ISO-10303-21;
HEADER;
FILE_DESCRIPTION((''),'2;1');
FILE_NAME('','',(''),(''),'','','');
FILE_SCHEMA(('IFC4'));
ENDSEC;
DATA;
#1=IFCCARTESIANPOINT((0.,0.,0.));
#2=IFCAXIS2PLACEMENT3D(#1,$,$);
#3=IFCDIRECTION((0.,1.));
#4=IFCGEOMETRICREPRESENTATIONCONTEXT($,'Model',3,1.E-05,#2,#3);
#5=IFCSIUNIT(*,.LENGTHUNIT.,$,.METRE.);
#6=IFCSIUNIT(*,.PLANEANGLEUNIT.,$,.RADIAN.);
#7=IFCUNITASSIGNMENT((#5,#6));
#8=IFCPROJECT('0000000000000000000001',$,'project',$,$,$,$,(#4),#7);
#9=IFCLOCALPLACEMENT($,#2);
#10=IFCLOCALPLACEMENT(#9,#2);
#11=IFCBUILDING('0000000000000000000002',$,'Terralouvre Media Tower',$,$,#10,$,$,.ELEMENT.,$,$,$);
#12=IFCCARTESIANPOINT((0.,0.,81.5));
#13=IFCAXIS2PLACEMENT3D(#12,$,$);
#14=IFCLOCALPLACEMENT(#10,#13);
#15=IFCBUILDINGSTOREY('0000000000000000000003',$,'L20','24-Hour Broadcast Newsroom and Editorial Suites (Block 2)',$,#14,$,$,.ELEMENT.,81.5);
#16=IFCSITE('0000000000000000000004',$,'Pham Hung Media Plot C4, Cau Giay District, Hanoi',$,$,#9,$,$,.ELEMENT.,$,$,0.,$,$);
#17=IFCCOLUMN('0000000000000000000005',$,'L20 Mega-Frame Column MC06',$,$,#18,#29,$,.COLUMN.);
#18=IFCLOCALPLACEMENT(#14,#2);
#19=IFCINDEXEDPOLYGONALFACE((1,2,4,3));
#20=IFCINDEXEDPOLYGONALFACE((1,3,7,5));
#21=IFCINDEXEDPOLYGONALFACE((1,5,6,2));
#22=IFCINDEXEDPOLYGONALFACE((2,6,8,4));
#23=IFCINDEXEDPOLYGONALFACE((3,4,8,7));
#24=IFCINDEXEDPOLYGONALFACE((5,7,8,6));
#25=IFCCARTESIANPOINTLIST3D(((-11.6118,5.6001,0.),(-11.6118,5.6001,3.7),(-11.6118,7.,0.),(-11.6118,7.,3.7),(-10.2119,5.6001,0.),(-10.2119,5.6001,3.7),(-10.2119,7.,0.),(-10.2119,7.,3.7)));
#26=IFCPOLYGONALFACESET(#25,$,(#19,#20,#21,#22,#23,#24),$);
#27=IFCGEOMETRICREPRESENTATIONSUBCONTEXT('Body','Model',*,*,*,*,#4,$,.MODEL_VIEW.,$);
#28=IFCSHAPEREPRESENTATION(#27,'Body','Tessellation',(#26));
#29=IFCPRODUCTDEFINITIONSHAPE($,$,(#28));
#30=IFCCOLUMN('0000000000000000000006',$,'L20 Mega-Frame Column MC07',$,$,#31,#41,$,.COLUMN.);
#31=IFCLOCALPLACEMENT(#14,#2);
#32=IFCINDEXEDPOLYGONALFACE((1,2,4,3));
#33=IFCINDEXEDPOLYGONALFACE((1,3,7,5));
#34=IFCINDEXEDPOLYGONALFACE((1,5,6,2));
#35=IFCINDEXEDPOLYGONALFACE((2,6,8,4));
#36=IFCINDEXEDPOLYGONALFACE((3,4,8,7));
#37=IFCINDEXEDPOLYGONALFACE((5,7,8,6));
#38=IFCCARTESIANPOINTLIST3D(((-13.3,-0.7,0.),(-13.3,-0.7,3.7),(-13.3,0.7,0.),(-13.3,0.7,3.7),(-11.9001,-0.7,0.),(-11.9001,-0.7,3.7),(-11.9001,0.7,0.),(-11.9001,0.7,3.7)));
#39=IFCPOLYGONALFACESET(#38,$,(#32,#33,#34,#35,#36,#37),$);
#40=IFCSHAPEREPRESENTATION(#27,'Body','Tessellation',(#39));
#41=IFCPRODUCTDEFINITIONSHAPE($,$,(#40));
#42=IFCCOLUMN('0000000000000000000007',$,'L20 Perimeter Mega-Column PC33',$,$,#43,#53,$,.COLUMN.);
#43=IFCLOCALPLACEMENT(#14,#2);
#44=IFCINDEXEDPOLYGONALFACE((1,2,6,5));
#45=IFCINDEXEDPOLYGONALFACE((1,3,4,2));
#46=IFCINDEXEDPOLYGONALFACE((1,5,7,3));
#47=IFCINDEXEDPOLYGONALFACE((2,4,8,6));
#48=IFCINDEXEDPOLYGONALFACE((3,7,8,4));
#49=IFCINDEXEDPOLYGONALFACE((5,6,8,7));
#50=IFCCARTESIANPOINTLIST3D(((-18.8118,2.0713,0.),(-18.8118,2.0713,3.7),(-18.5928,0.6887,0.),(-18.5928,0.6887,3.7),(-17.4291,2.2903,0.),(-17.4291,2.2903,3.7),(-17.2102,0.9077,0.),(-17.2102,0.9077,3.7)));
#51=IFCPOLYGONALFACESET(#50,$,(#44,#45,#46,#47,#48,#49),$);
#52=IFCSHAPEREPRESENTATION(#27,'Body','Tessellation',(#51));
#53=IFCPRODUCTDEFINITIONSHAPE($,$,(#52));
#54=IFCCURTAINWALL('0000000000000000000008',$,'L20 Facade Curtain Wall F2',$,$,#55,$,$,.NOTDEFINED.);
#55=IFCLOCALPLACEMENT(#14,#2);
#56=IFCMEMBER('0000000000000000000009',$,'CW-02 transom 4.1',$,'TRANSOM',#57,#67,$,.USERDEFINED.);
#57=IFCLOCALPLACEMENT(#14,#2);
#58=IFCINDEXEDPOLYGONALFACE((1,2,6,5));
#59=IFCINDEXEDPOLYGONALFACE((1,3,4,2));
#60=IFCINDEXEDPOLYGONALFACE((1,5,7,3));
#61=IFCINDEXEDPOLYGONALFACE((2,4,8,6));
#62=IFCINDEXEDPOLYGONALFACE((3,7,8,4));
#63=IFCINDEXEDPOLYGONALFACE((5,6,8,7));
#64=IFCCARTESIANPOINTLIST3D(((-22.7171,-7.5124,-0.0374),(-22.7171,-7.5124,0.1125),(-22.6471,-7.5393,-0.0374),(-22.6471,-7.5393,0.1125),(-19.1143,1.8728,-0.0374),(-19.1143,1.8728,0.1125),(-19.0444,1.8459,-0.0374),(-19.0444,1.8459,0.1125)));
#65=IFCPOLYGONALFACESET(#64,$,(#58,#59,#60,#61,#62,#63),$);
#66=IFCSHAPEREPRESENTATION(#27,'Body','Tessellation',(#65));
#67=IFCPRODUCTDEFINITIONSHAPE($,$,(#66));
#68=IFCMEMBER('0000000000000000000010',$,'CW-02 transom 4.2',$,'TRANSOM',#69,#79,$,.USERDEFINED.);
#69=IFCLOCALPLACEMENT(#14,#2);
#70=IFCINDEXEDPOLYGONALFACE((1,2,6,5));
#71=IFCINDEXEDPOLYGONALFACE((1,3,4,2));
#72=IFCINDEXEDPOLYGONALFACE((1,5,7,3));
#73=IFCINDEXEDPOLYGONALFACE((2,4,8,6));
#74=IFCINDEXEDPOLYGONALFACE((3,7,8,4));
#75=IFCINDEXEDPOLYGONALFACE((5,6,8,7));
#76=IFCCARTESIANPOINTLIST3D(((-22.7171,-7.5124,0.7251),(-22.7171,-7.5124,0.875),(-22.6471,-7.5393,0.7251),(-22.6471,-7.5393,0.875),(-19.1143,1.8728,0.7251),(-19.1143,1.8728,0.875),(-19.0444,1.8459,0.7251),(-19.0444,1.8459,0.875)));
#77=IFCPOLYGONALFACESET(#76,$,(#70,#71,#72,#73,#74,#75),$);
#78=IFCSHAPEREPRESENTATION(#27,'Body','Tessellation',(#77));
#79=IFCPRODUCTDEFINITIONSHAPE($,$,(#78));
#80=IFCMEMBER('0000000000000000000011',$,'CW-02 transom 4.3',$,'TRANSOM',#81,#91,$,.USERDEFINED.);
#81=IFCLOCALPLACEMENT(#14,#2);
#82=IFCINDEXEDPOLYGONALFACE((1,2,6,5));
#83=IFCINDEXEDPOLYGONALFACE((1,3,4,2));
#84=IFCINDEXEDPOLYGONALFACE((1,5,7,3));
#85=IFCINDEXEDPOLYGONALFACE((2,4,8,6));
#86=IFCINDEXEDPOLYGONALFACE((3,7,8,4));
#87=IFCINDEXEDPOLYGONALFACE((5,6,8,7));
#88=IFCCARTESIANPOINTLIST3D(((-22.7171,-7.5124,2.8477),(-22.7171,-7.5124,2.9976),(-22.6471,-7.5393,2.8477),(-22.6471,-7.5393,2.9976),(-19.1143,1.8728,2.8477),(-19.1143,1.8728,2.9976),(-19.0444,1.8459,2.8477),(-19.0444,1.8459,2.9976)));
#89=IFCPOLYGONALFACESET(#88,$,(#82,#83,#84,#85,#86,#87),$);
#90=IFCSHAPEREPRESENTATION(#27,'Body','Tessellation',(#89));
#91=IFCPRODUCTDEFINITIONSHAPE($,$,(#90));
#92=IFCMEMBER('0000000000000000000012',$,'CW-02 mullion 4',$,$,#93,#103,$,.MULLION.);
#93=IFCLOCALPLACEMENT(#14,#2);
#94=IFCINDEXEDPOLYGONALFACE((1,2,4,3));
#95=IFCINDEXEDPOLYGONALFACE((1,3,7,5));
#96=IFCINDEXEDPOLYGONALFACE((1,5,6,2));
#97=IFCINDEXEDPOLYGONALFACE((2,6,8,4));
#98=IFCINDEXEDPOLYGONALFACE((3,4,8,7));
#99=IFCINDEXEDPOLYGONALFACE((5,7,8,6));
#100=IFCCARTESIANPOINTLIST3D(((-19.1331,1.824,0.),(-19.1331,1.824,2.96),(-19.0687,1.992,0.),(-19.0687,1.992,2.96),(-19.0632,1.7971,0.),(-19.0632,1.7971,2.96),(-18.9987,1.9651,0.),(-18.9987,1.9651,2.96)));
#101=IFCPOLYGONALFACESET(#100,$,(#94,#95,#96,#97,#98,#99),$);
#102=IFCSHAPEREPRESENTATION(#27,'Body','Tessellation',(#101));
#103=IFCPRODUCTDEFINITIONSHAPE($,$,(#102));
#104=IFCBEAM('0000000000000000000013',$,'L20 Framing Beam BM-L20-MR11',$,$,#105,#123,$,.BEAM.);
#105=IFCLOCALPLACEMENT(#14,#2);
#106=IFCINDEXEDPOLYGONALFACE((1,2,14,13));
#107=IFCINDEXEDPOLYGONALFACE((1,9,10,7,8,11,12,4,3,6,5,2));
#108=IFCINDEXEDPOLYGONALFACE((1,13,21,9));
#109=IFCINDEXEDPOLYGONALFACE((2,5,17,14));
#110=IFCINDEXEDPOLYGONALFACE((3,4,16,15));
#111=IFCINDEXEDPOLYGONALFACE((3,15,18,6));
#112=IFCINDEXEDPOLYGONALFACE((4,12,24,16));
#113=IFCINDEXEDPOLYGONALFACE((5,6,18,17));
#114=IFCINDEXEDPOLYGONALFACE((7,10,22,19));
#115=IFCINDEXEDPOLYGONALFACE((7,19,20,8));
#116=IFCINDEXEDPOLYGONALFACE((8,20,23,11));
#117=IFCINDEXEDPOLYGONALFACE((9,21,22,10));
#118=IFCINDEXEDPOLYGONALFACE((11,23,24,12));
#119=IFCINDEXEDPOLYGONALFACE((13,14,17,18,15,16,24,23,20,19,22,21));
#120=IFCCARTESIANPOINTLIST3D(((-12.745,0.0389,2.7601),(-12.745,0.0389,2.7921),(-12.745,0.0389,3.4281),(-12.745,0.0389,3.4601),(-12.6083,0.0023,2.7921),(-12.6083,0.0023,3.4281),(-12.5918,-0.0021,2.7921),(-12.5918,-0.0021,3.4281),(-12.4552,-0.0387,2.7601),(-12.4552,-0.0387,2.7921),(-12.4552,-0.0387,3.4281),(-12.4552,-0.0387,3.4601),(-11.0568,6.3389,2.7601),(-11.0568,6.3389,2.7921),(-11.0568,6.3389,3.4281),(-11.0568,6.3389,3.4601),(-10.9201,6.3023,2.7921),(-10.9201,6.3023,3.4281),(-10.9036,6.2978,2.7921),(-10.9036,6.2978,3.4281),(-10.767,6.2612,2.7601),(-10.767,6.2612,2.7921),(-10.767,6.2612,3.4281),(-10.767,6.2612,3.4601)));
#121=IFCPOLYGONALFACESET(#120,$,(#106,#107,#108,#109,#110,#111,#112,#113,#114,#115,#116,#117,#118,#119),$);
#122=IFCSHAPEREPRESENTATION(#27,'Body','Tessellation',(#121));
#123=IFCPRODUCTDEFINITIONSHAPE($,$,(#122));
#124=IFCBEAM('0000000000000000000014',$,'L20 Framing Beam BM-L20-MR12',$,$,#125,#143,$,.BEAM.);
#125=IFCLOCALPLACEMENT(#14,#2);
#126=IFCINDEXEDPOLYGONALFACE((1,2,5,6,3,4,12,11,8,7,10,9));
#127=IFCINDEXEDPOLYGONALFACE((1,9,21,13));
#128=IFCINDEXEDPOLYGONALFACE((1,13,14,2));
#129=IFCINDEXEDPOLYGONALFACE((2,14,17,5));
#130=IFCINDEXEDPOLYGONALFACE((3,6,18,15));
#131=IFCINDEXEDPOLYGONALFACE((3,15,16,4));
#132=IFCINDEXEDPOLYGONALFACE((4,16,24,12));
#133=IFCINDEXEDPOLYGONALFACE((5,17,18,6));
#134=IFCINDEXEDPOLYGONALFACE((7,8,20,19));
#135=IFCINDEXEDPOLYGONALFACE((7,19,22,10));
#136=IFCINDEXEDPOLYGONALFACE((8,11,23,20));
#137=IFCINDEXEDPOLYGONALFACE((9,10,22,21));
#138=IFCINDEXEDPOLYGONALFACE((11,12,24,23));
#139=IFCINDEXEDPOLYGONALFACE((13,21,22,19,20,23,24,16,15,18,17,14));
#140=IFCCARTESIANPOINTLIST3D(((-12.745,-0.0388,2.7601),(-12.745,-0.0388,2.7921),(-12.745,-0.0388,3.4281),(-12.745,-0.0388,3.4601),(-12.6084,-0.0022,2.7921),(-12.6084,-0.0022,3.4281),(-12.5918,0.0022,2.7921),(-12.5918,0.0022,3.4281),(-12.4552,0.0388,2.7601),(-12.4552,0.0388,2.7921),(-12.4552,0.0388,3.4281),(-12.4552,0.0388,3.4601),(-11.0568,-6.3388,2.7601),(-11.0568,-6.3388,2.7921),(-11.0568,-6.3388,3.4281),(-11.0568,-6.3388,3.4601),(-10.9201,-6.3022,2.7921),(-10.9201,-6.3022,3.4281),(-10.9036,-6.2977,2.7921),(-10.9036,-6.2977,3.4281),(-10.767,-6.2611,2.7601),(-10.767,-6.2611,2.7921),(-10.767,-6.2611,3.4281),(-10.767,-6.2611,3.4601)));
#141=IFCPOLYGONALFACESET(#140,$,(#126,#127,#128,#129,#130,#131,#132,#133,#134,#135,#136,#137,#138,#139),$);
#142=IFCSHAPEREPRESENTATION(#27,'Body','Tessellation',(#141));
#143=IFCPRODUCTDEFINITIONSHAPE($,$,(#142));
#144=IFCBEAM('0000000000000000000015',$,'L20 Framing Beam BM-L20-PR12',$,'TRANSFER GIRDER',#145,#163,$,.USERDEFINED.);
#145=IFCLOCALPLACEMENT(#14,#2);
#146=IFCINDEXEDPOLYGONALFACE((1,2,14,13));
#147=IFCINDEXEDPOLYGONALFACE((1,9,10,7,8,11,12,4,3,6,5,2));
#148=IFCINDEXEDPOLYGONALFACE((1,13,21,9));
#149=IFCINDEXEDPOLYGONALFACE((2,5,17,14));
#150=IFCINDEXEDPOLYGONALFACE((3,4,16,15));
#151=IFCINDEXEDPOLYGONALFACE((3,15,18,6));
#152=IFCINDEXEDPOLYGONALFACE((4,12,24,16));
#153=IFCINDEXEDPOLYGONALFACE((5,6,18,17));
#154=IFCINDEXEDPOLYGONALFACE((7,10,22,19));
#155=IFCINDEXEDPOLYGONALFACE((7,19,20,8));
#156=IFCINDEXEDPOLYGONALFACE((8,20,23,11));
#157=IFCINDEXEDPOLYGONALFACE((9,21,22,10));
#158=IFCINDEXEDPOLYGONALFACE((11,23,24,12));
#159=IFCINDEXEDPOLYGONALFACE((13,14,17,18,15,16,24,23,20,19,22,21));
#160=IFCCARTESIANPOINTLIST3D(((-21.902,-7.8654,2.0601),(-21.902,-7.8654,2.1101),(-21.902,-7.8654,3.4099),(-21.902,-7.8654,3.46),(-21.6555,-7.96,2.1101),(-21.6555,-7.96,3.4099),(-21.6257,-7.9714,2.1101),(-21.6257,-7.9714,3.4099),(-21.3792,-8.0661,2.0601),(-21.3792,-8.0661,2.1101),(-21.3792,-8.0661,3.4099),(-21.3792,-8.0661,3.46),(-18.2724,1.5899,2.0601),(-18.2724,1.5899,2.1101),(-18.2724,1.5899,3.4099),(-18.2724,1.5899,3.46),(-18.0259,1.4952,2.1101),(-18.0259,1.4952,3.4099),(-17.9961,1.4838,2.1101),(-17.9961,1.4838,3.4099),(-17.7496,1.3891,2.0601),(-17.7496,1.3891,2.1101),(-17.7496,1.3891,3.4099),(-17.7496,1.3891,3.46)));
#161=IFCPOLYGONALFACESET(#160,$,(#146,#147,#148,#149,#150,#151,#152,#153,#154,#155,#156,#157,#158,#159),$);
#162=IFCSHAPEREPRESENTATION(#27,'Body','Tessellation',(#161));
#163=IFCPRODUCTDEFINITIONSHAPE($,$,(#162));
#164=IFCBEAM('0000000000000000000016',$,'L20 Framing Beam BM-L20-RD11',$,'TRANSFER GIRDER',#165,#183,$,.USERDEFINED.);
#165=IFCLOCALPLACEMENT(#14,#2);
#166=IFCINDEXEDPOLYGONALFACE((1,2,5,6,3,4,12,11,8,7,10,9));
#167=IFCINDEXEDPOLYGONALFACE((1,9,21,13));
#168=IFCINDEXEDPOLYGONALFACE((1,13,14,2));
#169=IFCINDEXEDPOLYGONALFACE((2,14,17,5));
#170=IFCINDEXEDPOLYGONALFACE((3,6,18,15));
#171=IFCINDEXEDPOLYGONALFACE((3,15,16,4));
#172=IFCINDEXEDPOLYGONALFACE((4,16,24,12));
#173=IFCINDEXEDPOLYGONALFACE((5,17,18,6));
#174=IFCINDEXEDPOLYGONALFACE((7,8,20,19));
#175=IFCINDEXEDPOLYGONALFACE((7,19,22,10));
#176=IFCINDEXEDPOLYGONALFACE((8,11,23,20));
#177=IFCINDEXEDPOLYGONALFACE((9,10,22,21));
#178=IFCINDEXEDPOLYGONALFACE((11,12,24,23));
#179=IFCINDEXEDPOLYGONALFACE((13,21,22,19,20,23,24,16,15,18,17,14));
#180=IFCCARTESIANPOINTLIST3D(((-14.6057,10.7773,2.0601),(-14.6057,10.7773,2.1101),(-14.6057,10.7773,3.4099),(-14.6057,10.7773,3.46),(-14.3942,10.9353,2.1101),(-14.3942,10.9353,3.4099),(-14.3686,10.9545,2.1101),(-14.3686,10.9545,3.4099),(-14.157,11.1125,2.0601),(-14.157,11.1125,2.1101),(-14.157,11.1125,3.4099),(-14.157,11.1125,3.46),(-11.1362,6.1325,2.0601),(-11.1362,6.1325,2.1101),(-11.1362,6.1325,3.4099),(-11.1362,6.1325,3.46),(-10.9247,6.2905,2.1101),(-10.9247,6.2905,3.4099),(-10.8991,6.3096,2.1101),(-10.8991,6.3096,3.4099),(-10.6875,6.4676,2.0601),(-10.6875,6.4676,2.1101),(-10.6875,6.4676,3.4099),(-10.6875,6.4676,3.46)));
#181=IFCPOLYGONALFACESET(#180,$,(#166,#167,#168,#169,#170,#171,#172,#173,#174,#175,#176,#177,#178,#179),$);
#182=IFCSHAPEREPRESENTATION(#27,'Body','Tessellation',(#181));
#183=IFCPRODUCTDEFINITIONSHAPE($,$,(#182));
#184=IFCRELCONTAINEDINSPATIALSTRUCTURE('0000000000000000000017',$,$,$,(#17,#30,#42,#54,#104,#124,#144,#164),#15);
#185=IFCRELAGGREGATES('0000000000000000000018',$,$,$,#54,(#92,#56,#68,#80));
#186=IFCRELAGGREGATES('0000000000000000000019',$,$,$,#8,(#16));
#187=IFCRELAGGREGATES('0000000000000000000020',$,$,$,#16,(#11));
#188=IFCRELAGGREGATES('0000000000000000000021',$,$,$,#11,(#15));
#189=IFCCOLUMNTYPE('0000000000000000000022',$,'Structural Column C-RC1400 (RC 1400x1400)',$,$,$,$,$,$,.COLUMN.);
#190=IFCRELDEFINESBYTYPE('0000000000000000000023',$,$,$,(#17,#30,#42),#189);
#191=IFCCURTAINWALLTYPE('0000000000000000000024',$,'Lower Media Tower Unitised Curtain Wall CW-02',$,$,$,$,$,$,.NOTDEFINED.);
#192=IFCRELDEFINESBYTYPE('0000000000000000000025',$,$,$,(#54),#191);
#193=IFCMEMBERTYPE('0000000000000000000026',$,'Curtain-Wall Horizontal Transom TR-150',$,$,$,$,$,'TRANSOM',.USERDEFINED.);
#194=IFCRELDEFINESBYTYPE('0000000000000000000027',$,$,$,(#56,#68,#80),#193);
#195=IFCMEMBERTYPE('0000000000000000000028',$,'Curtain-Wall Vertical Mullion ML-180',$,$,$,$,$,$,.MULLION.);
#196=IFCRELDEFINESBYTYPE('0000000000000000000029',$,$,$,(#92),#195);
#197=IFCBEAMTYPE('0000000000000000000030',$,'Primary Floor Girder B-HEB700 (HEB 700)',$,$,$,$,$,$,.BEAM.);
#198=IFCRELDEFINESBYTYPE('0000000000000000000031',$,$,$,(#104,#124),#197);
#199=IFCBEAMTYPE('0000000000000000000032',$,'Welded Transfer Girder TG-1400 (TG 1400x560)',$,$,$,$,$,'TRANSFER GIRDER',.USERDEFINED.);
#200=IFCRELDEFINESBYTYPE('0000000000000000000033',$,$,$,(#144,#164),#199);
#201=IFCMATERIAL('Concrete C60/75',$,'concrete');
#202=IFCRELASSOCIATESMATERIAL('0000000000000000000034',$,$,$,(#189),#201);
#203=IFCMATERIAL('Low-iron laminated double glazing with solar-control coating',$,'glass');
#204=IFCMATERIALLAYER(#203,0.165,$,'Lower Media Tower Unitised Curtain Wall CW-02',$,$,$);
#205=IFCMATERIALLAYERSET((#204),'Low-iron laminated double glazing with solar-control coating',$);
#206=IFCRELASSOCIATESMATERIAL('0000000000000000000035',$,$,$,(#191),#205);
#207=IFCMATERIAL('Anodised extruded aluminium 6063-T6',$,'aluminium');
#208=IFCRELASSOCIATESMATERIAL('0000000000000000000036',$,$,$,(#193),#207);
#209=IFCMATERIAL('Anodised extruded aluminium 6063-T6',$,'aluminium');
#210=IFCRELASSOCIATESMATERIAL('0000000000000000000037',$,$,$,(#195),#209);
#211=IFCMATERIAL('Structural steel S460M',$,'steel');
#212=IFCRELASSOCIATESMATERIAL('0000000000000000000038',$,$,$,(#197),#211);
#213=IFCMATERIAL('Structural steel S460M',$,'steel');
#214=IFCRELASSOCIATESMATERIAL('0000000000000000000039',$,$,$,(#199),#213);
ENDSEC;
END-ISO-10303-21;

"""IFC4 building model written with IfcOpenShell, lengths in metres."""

from ifc_helpers import new_model, si_unit, direction, frame, origin, origin_2d, place, context, subcontext, project, spatial, rectangle, i_section, extrude, material, layer, layer_set, material_profile, profile_set, type_object, element, aggregate, save


model = new_model("IFC4")

# Units and contexts
model_context = context("Model", 3, precision=1e-05, world=origin(), true_north=direction((0.0, 1.0)))
body_context = subcontext(model_context, "Body", "Model", "MODEL_VIEW")
ifc_project = project(units=[si_unit("LENGTHUNIT", "METRE"), si_unit("PLANEANGLEUNIT", "RADIAN")], contexts=[model_context])

# Site, building, storey
site_placement = place(None, origin())
site = spatial("IfcSite", under=ifc_project, at=site_placement, Name="Pham Hung Media Plot C4, Cau Giay District, Hanoi", CompositionType="ELEMENT", RefElevation=0.0)
building_placement = place(site_placement, origin())
building = spatial("IfcBuilding", under=site, at=building_placement, Name="Terralouvre Media Tower", CompositionType="ELEMENT")
storey_placement = place(building_placement, frame((0.0, 0.0, 81.5)))
storey = spatial("IfcBuildingStorey", under=building, at=storey_placement, Name="L20", Description="24-Hour Broadcast Newsroom and Editorial Suites (Block 2)", CompositionType="ELEMENT", Elevation=81.5)

# Columns
ifc_material_1 = material(Name="Concrete C60/75", Category="concrete")
ifc_material_profile_1 = material_profile(ifc_material_1, rectangle(XDim=1.3999, YDim=1.3999, at=origin_2d()), Name="RC 1400x1400")
ifc_profile_set_1 = profile_set([ifc_material_profile_1], Name="Concrete C60/75")
column_type = type_object("IfcColumnType", Name="Structural Column C-RC1400 (RC 1400x1400)", PredefinedType="COLUMN", material=ifc_profile_set_1)
for number, where, z_axis, x_axis, name in (
    (1, (-10.9119, 6.3, 0.0), (0.0, 0.0, 1.0), (1.0, 0.0, 0.0), "L20 Mega-Frame Column MC06"),
    (2, (-12.6001, 0.0, 0.0), (0.0, 0.0, 1.0), (1.0, 0.0, 0.0), "L20 Mega-Frame Column MC07"),
    (3, (-18.011, 1.4895, 0.0), (0.0, 0.0, 1.0), (0.987688, 0.156434, 0.0), "L20 Perimeter Mega-Column PC33"),
):
    element("IfcColumn", number, at=place(storey_placement, frame(where, z_axis=z_axis, x_axis=x_axis)), inside=storey, type_object=column_type, Name=name, PredefinedType="COLUMN", context=body_context, shape_type="SweptSolid", body=[
        extrude(rectangle(XDim=1.3999, YDim=1.3999, at=origin_2d()), origin(), (0.0, 0.0, 1.0), 3.7),
    ])

# Curtain wall, members
ifc_material_2 = material(Name="Low-iron laminated double glazing with solar-control coating", Category="glass")
ifc_layer_1 = layer(ifc_material_2, 0.165, Name="Lower Media Tower Unitised Curtain Wall CW-02")
ifc_layer_set_1 = layer_set([ifc_layer_1], Name="Low-iron laminated double glazing with solar-control coating")
curtain_wall_type = type_object("IfcCurtainWallType", Name="Lower Media Tower Unitised Curtain Wall CW-02", PredefinedType="NOTDEFINED", material=ifc_layer_set_1)
curtain_wall_placement = place(storey_placement, origin())
curtain_wall = element("IfcCurtainWall", 4, at=curtain_wall_placement, inside=storey, type_object=curtain_wall_type, Name="L20 Facade Curtain Wall F2", PredefinedType="NOTDEFINED")
ifc_material_3 = material(Name="Anodised extruded aluminium 6063-T6", Category="aluminium")
ifc_material_profile_2 = material_profile(ifc_material_3, rectangle(XDim=0.075, YDim=0.1499, at=origin_2d()), Name="ALU 75x150")
ifc_profile_set_2 = profile_set([ifc_material_profile_2], Name="Anodised extruded aluminium 6063-T6")
member_type_1 = type_object("IfcMemberType", Name="Curtain-Wall Horizontal Transom TR-150", ElementType="TRANSOM", PredefinedType="USERDEFINED", material=ifc_profile_set_2)
member_1_placement = place(storey_placement, frame((-19.0793, 1.8594, 0.0376), z_axis=(-0.358379, -0.933576, 0.0), x_axis=(0.933576, -0.358379, 0.0)))
member_1 = element("IfcMember", 5, at=member_1_placement, type_object=member_type_1, Name="CW-02 transom 4.1", ObjectType="TRANSOM", PredefinedType="USERDEFINED", context=body_context, shape_type="SweptSolid", body=[
    extrude(rectangle(XDim=0.075, YDim=0.1499, at=origin_2d()), origin(), (0.0, 0.0, 1.0), 10.053),
])
member_2_placement = place(storey_placement, frame((-19.0793, 1.8594, 0.8), z_axis=(-0.358379, -0.933576, 0.0), x_axis=(0.933576, -0.358379, 0.0)))
member_2 = element("IfcMember", 6, at=member_2_placement, type_object=member_type_1, Name="CW-02 transom 4.2", ObjectType="TRANSOM", PredefinedType="USERDEFINED", context=body_context, shape_type="SweptSolid", body=[
    extrude(rectangle(XDim=0.075, YDim=0.1499, at=origin_2d()), origin(), (0.0, 0.0, 1.0), 10.053),
])
member_3_placement = place(storey_placement, frame((-19.0793, 1.8594, 2.9226), z_axis=(-0.358379, -0.933576, 0.0), x_axis=(0.933576, -0.358379, 0.0)))
member_3 = element("IfcMember", 7, at=member_3_placement, type_object=member_type_1, Name="CW-02 transom 4.3", ObjectType="TRANSOM", PredefinedType="USERDEFINED", context=body_context, shape_type="SweptSolid", body=[
    extrude(rectangle(XDim=0.075, YDim=0.1499, at=origin_2d()), origin(), (0.0, 0.0, 1.0), 10.053),
])
ifc_material_4 = material(Name="Anodised extruded aluminium 6063-T6", Category="aluminium")
ifc_material_profile_3 = material_profile(ifc_material_4, rectangle(XDim=0.075, YDim=0.1799, at=origin_2d()), Name="ALU 75x180")
ifc_profile_set_3 = profile_set([ifc_material_profile_3], Name="Anodised extruded aluminium 6063-T6")
member_type_2 = type_object("IfcMemberType", Name="Curtain-Wall Vertical Mullion ML-180", PredefinedType="MULLION", material=ifc_profile_set_3)
member_4_placement = place(storey_placement, frame((-19.0659, 1.8945, 0.0), z_axis=(0.0, 0.0, 1.0), x_axis=(0.93358, -0.358368, 0.0)))
member_4 = element("IfcMember", 8, at=member_4_placement, type_object=member_type_2, Name="CW-02 mullion 4", PredefinedType="MULLION", context=body_context, shape_type="SweptSolid", body=[
    extrude(rectangle(XDim=0.075, YDim=0.1799, at=origin_2d()), origin(), (0.0, 0.0, 1.0), 2.96),
])

# Beams
ifc_material_5 = material(Name="Structural steel S460M", Category="steel")
ifc_material_profile_4 = material_profile(ifc_material_5, i_section(OverallWidth=0.3, OverallDepth=0.7, WebThickness=0.0171, FlangeThickness=0.032, at=origin_2d()), Name="HEB 700")
ifc_profile_set_4 = profile_set([ifc_material_profile_4], Name="Structural steel S460M")
beam_type_1 = type_object("IfcBeamType", Name="Primary Floor Girder B-HEB700 (HEB 700)", PredefinedType="BEAM", material=ifc_profile_set_4)
for number, where, z_axis, x_axis, name in (
    (9, (-10.9119, 6.3, 3.1101), (-0.258839, -0.96592, 0.0), (0.96592, -0.258839, 0.0), "L20 Framing Beam BM-L20-MR11"),
    (10, (-12.6001, 0.0, 3.1101), (0.258839, -0.96592, 0.0), (0.96592, 0.258839, 0.0), "L20 Framing Beam BM-L20-MR12"),
):
    element("IfcBeam", number, at=place(storey_placement, frame(where, z_axis=z_axis, x_axis=x_axis)), inside=storey, type_object=beam_type_1, Name=name, PredefinedType="BEAM", context=body_context, shape_type="SweptSolid", body=[
        extrude(i_section(OverallWidth=0.3, OverallDepth=0.7, WebThickness=0.0171, FlangeThickness=0.032, at=origin_2d()), origin(), (0.0, 0.0, 1.0), 6.5222),
    ])
ifc_material_6 = material(Name="Structural steel S460M", Category="steel")
ifc_material_profile_5 = material_profile(ifc_material_6, i_section(OverallWidth=0.5601, OverallDepth=1.3999, WebThickness=0.032, FlangeThickness=0.05, at=origin_2d()), Name="TG 1400x560")
ifc_profile_set_5 = profile_set([ifc_material_profile_5], Name="Structural steel S460M")
beam_type_2 = type_object("IfcBeamType", Name="Welded Transfer Girder TG-1400 (TG 1400x560)", ElementType="TRANSFER GIRDER", PredefinedType="USERDEFINED", material=ifc_profile_set_5)
beam_1_placement = place(storey_placement, frame((-18.011, 1.4895, 2.76), z_axis=(-0.358375, -0.933578, 0.0), x_axis=(0.933578, -0.358375, 0.0)))
element("IfcBeam", 11, at=beam_1_placement, inside=storey, type_object=beam_type_2, Name="L20 Framing Beam BM-L20-PR12", ObjectType="TRANSFER GIRDER", PredefinedType="USERDEFINED", context=body_context, shape_type="SweptSolid", body=[
    extrude(i_section(OverallWidth=0.5601, OverallDepth=1.3999, WebThickness=0.032, FlangeThickness=0.05, at=origin_2d()), origin(), (0.0, 0.0, 1.0), 10.1279),
])
beam_2_placement = place(storey_placement, frame((-10.9119, 6.3, 2.76), z_axis=(-0.598442, 0.801166, 0.0), x_axis=(-0.801166, -0.598442, 0.0)))
element("IfcBeam", 12, at=beam_2_placement, inside=storey, type_object=beam_type_2, Name="L20 Framing Beam BM-L20-RD11", ObjectType="TRANSFER GIRDER", PredefinedType="USERDEFINED", context=body_context, shape_type="SweptSolid", body=[
    extrude(i_section(OverallWidth=0.5601, OverallDepth=1.3999, WebThickness=0.032, FlangeThickness=0.05, at=origin_2d()), origin(), (0.0, 0.0, 1.0), 5.7976),
])

aggregate(curtain_wall, [member_4, member_1, member_2, member_3])

save(model, "model.ifc")
